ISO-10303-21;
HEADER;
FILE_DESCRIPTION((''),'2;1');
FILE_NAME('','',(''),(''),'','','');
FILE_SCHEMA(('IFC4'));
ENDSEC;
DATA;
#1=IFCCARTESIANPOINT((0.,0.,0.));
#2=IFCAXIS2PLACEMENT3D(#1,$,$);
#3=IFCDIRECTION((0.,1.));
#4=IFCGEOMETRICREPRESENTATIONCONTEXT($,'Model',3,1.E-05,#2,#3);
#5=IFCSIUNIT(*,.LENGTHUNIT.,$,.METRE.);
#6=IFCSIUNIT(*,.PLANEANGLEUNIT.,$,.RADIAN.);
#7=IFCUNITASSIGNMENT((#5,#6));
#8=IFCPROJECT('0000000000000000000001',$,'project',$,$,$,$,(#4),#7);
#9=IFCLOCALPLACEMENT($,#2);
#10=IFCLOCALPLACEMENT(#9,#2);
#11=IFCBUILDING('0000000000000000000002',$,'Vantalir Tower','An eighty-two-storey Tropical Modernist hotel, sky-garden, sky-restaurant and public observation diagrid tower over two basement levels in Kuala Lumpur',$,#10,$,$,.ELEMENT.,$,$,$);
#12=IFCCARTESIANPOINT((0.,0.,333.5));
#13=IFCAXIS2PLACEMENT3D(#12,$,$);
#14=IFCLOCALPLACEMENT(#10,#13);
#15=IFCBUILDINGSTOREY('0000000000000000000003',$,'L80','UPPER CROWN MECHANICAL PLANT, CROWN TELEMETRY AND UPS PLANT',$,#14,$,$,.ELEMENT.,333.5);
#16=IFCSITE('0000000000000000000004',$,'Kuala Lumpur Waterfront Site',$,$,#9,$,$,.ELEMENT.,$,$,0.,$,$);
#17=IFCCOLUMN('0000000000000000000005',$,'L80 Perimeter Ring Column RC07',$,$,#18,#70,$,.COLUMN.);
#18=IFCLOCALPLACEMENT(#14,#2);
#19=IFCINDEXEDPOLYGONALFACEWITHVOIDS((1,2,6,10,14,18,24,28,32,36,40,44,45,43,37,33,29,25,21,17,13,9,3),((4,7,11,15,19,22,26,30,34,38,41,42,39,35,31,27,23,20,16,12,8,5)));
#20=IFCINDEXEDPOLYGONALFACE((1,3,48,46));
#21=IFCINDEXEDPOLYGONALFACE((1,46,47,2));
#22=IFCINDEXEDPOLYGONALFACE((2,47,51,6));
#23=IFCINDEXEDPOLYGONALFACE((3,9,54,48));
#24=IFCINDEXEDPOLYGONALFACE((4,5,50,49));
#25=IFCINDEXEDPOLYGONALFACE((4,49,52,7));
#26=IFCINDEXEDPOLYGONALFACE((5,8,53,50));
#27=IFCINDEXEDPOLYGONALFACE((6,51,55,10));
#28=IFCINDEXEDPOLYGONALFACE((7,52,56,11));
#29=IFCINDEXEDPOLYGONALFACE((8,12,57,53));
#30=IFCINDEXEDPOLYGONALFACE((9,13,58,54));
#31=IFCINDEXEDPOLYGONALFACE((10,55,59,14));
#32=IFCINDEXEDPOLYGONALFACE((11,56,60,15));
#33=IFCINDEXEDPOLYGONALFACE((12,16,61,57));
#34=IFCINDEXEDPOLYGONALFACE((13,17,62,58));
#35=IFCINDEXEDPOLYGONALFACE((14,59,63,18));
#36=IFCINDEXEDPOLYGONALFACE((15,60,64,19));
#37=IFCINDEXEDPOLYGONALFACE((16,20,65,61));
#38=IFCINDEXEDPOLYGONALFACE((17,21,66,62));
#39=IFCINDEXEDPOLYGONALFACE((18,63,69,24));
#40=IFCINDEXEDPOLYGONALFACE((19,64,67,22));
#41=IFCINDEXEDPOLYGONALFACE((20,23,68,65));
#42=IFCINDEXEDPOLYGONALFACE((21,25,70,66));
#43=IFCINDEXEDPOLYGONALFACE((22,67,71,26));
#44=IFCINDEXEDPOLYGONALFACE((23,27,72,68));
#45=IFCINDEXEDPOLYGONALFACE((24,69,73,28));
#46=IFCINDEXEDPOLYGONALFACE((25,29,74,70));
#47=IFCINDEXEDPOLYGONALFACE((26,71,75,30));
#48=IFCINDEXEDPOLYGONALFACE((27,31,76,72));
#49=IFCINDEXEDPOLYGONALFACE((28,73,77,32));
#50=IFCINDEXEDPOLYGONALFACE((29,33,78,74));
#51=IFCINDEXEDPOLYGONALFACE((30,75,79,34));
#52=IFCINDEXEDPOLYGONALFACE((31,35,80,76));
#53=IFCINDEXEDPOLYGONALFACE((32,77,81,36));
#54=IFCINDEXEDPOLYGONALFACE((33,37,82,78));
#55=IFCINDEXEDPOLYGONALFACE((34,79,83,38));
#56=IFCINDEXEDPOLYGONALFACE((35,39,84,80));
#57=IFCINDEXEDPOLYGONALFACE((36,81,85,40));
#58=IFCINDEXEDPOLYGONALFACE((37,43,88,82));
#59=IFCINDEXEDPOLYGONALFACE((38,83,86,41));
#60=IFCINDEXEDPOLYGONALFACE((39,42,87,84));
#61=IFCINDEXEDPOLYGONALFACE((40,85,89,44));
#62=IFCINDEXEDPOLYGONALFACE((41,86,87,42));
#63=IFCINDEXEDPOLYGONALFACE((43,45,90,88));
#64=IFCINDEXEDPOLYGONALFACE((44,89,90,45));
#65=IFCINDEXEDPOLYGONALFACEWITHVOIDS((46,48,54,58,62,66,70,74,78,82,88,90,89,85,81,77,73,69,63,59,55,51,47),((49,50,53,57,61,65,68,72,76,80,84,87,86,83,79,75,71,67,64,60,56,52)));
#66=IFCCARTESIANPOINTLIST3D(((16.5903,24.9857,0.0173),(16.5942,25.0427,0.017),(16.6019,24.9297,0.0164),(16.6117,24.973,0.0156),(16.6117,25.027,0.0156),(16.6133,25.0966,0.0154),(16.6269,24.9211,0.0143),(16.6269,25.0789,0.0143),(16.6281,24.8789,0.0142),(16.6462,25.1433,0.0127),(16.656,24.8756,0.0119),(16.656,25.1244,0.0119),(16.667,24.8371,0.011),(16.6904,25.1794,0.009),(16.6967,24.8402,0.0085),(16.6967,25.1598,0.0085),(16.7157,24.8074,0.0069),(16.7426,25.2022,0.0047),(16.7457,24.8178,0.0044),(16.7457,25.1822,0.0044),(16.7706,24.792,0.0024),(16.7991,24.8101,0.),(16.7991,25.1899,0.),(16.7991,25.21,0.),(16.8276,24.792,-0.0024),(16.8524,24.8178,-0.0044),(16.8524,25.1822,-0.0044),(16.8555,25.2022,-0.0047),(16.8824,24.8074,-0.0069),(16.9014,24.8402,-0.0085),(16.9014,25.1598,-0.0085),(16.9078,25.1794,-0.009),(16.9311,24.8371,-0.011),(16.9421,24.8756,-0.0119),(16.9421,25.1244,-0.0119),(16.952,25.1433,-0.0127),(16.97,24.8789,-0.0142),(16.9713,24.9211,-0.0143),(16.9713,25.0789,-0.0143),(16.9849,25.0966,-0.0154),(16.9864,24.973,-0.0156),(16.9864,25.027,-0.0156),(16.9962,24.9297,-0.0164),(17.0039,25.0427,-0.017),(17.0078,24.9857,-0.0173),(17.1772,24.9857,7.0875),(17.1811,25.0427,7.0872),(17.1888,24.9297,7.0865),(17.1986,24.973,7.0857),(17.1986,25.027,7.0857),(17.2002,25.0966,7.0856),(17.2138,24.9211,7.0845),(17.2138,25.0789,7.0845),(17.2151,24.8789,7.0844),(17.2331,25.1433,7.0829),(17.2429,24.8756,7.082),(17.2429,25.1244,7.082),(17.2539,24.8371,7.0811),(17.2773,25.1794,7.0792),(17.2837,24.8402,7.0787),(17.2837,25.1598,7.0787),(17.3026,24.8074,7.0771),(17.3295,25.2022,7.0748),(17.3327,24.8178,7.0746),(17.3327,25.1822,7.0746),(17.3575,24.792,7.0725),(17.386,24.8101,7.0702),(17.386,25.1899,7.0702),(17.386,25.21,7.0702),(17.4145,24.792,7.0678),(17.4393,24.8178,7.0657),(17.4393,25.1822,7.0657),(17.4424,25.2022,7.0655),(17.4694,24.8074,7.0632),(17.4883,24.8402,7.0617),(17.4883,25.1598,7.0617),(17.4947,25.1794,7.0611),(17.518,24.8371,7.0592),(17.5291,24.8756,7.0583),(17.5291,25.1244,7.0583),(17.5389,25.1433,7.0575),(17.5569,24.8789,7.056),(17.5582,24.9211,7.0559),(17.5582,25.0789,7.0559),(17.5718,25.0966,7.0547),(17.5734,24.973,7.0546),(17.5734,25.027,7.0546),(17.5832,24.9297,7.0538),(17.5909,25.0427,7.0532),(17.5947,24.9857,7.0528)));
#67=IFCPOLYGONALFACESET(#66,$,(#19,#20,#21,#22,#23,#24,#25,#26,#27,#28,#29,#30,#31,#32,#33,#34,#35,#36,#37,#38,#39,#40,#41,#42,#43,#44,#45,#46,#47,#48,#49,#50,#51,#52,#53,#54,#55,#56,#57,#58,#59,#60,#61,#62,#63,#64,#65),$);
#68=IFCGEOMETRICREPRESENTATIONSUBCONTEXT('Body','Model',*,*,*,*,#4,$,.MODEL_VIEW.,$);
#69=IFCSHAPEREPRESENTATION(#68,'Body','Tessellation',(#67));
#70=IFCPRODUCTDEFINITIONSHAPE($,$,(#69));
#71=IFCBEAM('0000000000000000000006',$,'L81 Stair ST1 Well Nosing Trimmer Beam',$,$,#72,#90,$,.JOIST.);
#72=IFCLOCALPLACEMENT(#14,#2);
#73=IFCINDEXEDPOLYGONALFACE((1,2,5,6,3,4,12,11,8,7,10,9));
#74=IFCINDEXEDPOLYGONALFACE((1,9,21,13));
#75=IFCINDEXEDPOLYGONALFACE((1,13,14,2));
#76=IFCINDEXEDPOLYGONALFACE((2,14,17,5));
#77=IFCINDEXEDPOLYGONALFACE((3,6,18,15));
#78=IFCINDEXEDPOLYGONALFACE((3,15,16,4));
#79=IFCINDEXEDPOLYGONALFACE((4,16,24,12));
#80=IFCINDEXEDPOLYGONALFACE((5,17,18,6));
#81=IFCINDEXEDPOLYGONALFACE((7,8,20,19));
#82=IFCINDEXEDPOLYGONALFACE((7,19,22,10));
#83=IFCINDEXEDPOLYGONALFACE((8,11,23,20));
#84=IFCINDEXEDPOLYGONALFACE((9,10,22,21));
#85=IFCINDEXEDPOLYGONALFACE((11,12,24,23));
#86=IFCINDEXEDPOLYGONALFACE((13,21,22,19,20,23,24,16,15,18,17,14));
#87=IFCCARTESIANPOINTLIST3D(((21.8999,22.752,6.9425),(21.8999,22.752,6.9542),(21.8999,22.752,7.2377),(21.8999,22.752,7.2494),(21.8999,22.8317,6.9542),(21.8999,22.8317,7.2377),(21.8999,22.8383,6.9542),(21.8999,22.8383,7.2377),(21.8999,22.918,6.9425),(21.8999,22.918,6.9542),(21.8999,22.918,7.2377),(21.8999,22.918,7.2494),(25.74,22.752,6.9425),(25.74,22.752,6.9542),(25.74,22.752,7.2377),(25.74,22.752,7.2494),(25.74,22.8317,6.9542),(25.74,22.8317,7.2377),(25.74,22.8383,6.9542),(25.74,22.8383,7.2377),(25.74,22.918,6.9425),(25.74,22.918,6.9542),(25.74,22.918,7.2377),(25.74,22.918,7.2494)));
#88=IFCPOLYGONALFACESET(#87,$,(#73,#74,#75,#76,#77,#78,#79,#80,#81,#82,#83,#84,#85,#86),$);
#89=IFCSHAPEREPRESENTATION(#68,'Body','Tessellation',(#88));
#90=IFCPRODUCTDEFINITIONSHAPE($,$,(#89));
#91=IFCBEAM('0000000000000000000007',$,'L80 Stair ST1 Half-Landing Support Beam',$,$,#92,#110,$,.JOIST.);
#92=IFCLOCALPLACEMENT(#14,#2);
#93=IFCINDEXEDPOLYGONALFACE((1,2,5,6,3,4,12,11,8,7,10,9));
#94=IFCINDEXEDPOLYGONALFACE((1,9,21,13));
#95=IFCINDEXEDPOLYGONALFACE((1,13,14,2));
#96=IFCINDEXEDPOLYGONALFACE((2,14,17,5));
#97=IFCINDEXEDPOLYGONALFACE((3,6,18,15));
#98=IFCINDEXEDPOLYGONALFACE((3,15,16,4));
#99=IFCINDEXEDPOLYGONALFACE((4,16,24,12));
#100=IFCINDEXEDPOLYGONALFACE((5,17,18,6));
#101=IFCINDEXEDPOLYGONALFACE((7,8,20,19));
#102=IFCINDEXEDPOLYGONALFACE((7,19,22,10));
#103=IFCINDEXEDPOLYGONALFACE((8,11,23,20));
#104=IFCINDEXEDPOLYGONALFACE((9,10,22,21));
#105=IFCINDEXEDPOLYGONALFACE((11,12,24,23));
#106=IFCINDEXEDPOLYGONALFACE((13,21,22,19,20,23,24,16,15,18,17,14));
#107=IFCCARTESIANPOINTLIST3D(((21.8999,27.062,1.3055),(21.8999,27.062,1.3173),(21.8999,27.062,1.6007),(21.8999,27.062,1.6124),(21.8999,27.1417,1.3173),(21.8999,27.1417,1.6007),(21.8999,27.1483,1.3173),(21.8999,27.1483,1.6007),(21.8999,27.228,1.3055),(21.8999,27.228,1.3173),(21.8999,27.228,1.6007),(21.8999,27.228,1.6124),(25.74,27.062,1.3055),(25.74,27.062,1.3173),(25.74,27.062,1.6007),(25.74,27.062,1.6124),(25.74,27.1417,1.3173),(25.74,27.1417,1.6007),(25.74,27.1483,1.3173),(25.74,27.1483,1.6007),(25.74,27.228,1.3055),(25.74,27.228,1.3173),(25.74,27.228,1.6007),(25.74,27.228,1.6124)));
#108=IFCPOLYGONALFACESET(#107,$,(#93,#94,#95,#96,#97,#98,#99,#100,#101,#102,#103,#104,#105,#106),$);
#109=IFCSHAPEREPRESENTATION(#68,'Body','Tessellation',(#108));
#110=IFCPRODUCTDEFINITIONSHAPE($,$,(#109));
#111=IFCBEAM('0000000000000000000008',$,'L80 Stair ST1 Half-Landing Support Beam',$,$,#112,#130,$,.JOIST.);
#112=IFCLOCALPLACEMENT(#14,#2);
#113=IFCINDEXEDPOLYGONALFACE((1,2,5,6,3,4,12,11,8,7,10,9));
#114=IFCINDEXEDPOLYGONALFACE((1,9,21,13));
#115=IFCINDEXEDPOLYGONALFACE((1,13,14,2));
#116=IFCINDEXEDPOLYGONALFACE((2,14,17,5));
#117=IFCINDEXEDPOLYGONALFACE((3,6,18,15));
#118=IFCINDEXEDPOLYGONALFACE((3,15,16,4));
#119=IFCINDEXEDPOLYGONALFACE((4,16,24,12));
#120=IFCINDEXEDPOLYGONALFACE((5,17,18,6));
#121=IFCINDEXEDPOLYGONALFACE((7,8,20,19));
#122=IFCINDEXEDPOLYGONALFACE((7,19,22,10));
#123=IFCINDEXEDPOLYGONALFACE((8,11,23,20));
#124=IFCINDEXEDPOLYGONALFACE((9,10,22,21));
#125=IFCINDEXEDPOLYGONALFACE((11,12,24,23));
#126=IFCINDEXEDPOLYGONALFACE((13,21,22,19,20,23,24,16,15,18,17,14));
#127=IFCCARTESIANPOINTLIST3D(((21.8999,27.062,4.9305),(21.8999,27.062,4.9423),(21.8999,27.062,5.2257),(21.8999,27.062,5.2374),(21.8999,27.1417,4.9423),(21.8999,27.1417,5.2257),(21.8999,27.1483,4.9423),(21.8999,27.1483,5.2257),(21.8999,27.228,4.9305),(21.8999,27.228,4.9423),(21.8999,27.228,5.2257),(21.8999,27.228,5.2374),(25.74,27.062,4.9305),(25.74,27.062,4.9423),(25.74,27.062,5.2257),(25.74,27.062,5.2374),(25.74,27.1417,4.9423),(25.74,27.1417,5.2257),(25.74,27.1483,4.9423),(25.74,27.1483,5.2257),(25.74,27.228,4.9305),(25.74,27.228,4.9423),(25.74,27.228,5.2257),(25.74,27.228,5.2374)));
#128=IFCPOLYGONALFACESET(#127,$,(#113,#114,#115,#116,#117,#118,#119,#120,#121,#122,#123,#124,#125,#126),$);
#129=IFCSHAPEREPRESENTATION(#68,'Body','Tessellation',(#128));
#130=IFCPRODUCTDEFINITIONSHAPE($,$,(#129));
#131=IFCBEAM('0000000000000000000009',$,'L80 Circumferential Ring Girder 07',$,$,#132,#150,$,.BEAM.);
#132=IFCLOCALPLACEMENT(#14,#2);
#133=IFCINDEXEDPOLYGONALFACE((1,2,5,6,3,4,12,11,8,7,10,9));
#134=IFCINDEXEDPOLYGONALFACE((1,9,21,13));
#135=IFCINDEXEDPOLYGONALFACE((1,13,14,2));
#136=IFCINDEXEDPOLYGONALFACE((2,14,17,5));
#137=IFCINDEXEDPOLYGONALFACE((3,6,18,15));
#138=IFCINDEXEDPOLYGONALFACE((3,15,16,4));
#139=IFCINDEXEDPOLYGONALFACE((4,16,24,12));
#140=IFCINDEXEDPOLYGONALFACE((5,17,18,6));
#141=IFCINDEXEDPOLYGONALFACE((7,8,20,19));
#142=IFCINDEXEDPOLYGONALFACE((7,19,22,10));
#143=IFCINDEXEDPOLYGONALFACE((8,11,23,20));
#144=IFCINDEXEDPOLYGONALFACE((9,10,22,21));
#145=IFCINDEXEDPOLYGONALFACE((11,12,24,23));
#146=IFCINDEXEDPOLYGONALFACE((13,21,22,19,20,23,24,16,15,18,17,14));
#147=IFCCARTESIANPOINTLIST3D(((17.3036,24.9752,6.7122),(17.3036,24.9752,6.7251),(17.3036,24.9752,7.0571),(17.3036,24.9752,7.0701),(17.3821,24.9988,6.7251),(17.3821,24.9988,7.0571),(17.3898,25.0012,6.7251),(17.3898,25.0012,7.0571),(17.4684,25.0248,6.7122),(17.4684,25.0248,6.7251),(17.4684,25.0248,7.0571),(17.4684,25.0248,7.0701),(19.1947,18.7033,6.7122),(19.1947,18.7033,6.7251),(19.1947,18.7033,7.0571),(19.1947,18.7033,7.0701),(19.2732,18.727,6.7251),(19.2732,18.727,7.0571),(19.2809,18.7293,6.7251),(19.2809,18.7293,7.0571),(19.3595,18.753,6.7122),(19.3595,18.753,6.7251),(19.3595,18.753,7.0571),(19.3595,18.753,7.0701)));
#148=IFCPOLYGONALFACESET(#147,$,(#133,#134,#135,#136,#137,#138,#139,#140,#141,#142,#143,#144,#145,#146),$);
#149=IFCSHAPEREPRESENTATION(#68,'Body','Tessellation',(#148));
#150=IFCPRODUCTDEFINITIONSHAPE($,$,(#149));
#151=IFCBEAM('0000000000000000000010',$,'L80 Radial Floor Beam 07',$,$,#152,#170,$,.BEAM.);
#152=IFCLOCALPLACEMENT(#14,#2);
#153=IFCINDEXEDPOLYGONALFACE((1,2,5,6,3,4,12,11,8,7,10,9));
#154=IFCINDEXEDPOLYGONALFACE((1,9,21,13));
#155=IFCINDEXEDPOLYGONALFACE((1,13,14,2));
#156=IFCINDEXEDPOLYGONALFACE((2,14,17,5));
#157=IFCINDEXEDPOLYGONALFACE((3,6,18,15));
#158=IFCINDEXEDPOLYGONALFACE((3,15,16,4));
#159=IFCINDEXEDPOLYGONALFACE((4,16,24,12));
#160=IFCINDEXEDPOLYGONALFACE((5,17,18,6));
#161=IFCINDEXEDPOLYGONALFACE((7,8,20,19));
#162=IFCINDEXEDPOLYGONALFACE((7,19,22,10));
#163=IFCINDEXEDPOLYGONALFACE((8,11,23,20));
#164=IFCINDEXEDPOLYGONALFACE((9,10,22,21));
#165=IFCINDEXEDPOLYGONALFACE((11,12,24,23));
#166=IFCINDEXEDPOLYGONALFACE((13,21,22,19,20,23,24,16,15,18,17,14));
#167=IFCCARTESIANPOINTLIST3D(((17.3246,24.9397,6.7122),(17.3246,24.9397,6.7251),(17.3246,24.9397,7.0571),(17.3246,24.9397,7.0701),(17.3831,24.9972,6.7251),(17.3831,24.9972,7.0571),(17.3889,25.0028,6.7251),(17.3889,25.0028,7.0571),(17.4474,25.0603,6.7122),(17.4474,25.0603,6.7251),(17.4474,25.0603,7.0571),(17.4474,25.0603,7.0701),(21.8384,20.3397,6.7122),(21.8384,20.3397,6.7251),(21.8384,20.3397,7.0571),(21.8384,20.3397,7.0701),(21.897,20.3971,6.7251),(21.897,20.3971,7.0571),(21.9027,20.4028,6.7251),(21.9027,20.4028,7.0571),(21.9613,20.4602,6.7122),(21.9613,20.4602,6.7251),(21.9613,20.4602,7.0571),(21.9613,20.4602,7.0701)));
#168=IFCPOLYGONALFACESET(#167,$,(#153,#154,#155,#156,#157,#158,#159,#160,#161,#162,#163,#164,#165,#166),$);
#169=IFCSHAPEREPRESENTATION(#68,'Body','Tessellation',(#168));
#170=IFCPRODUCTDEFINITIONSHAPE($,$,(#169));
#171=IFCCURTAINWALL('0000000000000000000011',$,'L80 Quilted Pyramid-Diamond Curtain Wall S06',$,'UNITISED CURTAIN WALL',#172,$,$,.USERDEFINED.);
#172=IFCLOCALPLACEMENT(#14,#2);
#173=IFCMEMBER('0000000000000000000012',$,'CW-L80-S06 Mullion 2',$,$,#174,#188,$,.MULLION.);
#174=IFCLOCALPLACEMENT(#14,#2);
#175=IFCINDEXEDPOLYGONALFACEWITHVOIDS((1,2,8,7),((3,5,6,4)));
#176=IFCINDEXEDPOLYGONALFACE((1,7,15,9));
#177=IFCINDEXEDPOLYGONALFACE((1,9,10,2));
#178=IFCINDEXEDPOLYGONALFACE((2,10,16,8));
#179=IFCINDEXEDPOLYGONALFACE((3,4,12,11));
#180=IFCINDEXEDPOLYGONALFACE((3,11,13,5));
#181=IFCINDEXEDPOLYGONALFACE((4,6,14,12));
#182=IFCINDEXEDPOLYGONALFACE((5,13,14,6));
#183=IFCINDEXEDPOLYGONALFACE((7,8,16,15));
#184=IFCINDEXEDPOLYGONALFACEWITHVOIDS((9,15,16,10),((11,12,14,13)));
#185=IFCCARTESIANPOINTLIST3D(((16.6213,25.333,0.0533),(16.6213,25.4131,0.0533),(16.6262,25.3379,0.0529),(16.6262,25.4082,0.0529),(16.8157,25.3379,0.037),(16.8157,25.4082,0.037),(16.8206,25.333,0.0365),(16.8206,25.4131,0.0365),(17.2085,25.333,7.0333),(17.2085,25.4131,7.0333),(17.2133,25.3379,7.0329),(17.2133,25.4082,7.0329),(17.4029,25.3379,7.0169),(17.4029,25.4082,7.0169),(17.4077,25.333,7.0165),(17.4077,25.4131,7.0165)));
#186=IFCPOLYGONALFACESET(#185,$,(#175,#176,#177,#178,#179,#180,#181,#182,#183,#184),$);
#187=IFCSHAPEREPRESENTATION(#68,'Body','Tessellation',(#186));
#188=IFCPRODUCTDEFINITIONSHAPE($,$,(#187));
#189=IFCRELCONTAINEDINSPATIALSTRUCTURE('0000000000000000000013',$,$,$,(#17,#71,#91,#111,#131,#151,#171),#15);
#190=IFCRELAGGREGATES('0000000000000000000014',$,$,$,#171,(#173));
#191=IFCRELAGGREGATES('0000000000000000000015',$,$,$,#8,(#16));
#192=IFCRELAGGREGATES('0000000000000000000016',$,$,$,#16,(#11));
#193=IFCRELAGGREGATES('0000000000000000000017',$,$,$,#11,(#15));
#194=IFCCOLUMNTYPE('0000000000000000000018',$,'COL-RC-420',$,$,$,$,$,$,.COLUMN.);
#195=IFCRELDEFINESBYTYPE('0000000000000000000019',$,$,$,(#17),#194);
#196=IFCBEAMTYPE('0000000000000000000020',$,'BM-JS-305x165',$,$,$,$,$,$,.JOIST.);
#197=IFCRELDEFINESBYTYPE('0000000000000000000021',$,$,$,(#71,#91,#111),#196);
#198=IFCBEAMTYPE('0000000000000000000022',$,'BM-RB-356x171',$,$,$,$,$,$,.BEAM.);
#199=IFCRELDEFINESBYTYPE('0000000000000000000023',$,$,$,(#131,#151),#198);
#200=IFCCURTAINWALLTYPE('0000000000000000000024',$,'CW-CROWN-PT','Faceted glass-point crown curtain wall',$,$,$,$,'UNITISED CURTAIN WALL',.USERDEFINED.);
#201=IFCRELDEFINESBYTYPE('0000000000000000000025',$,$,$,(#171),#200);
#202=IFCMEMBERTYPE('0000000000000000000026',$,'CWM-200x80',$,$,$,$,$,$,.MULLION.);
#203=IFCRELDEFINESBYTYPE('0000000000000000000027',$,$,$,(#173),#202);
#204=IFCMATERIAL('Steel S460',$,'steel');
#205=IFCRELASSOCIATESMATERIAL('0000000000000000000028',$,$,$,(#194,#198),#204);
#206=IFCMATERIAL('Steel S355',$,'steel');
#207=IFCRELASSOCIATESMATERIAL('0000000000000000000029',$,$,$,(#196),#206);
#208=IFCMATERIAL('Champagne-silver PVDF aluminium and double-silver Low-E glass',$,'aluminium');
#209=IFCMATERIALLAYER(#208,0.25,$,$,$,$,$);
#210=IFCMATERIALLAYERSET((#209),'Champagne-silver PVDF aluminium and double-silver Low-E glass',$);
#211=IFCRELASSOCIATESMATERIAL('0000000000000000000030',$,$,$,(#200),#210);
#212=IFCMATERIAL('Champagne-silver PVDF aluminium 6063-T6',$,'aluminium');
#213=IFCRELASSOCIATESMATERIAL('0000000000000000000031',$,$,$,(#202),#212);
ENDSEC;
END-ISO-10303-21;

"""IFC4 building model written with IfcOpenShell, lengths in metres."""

from ifc_helpers import new_model, si_unit, direction, frame, origin, origin_2d, place, context, subcontext, project, spatial, hollow_rectangle, hollow_circle, i_section, extrude, material, layer, layer_set, material_profile, profile_set, type_object, element, aggregate, save


model = new_model("IFC4")

# Units and contexts
model_context = context("Model", 3, precision=1e-05, world=origin(), true_north=direction((0.0, 1.0)))
body_context = subcontext(model_context, "Body", "Model", "MODEL_VIEW")
ifc_project = project(units=[si_unit("LENGTHUNIT", "METRE"), si_unit("PLANEANGLEUNIT", "RADIAN")], contexts=[model_context])

# Site, building, storey
site_placement = place(None, origin())
site = spatial("IfcSite", under=ifc_project, at=site_placement, Name="Kuala Lumpur Waterfront Site", CompositionType="ELEMENT", RefElevation=0.0)
building_placement = place(site_placement, origin())
building = spatial("IfcBuilding", under=site, at=building_placement, Name="Vantalir Tower", Description="An eighty-two-storey Tropical Modernist hotel, sky-garden, sky-restaurant and public observation diagrid tower over two basement levels in Kuala Lumpur", CompositionType="ELEMENT")
storey_placement = place(building_placement, frame((0.0, 0.0, 333.5)))
storey = spatial("IfcBuildingStorey", under=building, at=storey_placement, Name="L80", Description="UPPER CROWN MECHANICAL PLANT, CROWN TELEMETRY AND UPS PLANT", CompositionType="ELEMENT", Elevation=333.5)

# Column
ifc_material_1 = material(Name="Steel S460", Category="steel")
ifc_material_profile_1 = material_profile(ifc_material_1, hollow_circle(Radius=0.21, WallThickness=0.02, at=origin_2d()), Name="Steel S460")
ifc_profile_set_1 = profile_set([ifc_material_profile_1], Name="Steel S460")
column_type = type_object("IfcColumnType", Name="COL-RC-420", PredefinedType="COLUMN", material=ifc_profile_set_1)
column_placement = place(storey_placement, frame((16.7991, 25.0, 0.0), z_axis=(0.082729, 0.0, 0.996572), x_axis=(0.0, 1.0, 0.0)))
element("IfcColumn", 1, at=column_placement, inside=storey, type_object=column_type, Name="L80 Perimeter Ring Column RC07", PredefinedType="COLUMN", context=body_context, shape_type="SweptSolid", body=[
    extrude(hollow_circle(Radius=0.21, WallThickness=0.02, at=origin_2d()), origin(), (0.0, 0.0, 1.0), 7.0945),
])

# Beams
ifc_material_2 = material(Name="Steel S355", Category="steel")
ifc_material_profile_2 = material_profile(ifc_material_2, i_section(OverallWidth=0.166, OverallDepth=0.3069, WebThickness=0.0066, FlangeThickness=0.0117, at=origin_2d()), Name="Steel S355")
ifc_profile_set_2 = profile_set([ifc_material_profile_2], Name="Steel S355")
beam_type_1 = type_object("IfcBeamType", Name="BM-JS-305x165", PredefinedType="JOIST", material=ifc_profile_set_2)
for number, where, z_axis, x_axis, name in (
    (2, (21.8999, 22.835, 7.0959), (1.0, 0.0, 0.0), (0.0, 1.0, 0.0), "L81 Stair ST1 Well Nosing Trimmer Beam"),
    (3, (21.8999, 27.145, 1.459), (1.0, 0.0, 0.0), (0.0, 1.0, 0.0), "L80 Stair ST1 Half-Landing Support Beam"),
    (4, (21.8999, 27.145, 5.084), (1.0, 0.0, 0.0), (0.0, 1.0, 0.0), "L80 Stair ST1 Half-Landing Support Beam"),
):
    element("IfcBeam", number, at=place(storey_placement, frame(where, z_axis=z_axis, x_axis=x_axis)), inside=storey, type_object=beam_type_1, Name=name, PredefinedType="JOIST", context=body_context, shape_type="SweptSolid", body=[
        extrude(i_section(OverallWidth=0.166, OverallDepth=0.3069, WebThickness=0.0066, FlangeThickness=0.0117, at=origin_2d()), origin(), (0.0, 0.0, 1.0), 3.8401),
    ])
ifc_material_profile_3 = material_profile(ifc_material_1, i_section(OverallWidth=0.1721, OverallDepth=0.3579, WebThickness=0.0081, FlangeThickness=0.0129, at=origin_2d()), Name="Steel S460")
ifc_profile_set_3 = profile_set([ifc_material_profile_3], Name="Steel S460")
beam_type_2 = type_object("IfcBeamType", Name="BM-RB-356x171", PredefinedType="BEAM", material=ifc_profile_set_3)
beam_1_placement = place(storey_placement, frame((17.386, 25.0, 6.8911), z_axis=(0.288681, -0.957425, 0.0), x_axis=(0.957425, 0.288681, 0.0)))
element("IfcBeam", 5, at=beam_1_placement, inside=storey, type_object=beam_type_2, Name="L80 Circumferential Ring Girder 07", PredefinedType="BEAM", context=body_context, shape_type="SweptSolid", body=[
    extrude(i_section(OverallWidth=0.1721, OverallDepth=0.3579, WebThickness=0.0081, FlangeThickness=0.0129, at=origin_2d()), origin(), (0.0, 0.0, 1.0), 6.5508),
])
beam_2_placement = place(storey_placement, frame((17.386, 25.0, 6.8911), z_axis=(0.700389, -0.713761, 0.0), x_axis=(0.713761, 0.700389, 0.0)))
element("IfcBeam", 6, at=beam_2_placement, inside=storey, type_object=beam_type_2, Name="L80 Radial Floor Beam 07", PredefinedType="BEAM", context=body_context, shape_type="SweptSolid", body=[
    extrude(i_section(OverallWidth=0.1721, OverallDepth=0.3579, WebThickness=0.0081, FlangeThickness=0.0129, at=origin_2d()), origin(), (0.0, 0.0, 1.0), 6.4448),
])

# Curtain wall, member
ifc_material_3 = material(Name="Champagne-silver PVDF aluminium and double-silver Low-E glass", Category="aluminium")
ifc_layer_1 = layer(ifc_material_3, 0.25)
ifc_layer_set_1 = layer_set([ifc_layer_1], Name="Champagne-silver PVDF aluminium and double-silver Low-E glass")
curtain_wall_type = type_object("IfcCurtainWallType", Name="CW-CROWN-PT", Description="Faceted glass-point crown curtain wall", ElementType="UNITISED CURTAIN WALL", PredefinedType="USERDEFINED", material=ifc_layer_set_1)
curtain_wall_1_placement = place(storey_placement, origin())
curtain_wall_1 = element("IfcCurtainWall", 7, at=curtain_wall_1_placement, inside=storey, type_object=curtain_wall_type, Name="L80 Quilted Pyramid-Diamond Curtain Wall S06", ObjectType="UNITISED CURTAIN WALL", PredefinedType="USERDEFINED")
ifc_material_4 = material(Name="Champagne-silver PVDF aluminium 6063-T6", Category="aluminium")
ifc_material_profile_4 = material_profile(ifc_material_4, hollow_rectangle(XDim=0.0801, YDim=0.2, WallThickness=0.0049, at=origin_2d()), Name="Champagne-silver PVDF aluminium 6063-T6")
ifc_profile_set_4 = profile_set([ifc_material_profile_4], Name="Champagne-silver PVDF aluminium 6063-T6")
member_type_1 = type_object("IfcMemberType", Name="CWM-200x80", PredefinedType="MULLION", material=ifc_profile_set_4)
member_1_placement = place(storey_placement, frame((16.7209, 25.373, 0.0449), z_axis=(0.083824, 0.0, 0.996481), x_axis=(0.0, 1.0, 0.0)))
member_1 = element("IfcMember", 8, at=member_1_placement, type_object=member_type_1, Name="CW-L80-S06 Mullion 2", PredefinedType="MULLION", context=body_context, shape_type="SweptSolid", body=[
    extrude(hollow_rectangle(XDim=0.0801, YDim=0.2, WallThickness=0.0049, at=origin_2d()), origin(), (0.0, 0.0, 1.0), 7.0046),
])

aggregate(curtain_wall_1, [member_1])

save(model, "model.ifc")
